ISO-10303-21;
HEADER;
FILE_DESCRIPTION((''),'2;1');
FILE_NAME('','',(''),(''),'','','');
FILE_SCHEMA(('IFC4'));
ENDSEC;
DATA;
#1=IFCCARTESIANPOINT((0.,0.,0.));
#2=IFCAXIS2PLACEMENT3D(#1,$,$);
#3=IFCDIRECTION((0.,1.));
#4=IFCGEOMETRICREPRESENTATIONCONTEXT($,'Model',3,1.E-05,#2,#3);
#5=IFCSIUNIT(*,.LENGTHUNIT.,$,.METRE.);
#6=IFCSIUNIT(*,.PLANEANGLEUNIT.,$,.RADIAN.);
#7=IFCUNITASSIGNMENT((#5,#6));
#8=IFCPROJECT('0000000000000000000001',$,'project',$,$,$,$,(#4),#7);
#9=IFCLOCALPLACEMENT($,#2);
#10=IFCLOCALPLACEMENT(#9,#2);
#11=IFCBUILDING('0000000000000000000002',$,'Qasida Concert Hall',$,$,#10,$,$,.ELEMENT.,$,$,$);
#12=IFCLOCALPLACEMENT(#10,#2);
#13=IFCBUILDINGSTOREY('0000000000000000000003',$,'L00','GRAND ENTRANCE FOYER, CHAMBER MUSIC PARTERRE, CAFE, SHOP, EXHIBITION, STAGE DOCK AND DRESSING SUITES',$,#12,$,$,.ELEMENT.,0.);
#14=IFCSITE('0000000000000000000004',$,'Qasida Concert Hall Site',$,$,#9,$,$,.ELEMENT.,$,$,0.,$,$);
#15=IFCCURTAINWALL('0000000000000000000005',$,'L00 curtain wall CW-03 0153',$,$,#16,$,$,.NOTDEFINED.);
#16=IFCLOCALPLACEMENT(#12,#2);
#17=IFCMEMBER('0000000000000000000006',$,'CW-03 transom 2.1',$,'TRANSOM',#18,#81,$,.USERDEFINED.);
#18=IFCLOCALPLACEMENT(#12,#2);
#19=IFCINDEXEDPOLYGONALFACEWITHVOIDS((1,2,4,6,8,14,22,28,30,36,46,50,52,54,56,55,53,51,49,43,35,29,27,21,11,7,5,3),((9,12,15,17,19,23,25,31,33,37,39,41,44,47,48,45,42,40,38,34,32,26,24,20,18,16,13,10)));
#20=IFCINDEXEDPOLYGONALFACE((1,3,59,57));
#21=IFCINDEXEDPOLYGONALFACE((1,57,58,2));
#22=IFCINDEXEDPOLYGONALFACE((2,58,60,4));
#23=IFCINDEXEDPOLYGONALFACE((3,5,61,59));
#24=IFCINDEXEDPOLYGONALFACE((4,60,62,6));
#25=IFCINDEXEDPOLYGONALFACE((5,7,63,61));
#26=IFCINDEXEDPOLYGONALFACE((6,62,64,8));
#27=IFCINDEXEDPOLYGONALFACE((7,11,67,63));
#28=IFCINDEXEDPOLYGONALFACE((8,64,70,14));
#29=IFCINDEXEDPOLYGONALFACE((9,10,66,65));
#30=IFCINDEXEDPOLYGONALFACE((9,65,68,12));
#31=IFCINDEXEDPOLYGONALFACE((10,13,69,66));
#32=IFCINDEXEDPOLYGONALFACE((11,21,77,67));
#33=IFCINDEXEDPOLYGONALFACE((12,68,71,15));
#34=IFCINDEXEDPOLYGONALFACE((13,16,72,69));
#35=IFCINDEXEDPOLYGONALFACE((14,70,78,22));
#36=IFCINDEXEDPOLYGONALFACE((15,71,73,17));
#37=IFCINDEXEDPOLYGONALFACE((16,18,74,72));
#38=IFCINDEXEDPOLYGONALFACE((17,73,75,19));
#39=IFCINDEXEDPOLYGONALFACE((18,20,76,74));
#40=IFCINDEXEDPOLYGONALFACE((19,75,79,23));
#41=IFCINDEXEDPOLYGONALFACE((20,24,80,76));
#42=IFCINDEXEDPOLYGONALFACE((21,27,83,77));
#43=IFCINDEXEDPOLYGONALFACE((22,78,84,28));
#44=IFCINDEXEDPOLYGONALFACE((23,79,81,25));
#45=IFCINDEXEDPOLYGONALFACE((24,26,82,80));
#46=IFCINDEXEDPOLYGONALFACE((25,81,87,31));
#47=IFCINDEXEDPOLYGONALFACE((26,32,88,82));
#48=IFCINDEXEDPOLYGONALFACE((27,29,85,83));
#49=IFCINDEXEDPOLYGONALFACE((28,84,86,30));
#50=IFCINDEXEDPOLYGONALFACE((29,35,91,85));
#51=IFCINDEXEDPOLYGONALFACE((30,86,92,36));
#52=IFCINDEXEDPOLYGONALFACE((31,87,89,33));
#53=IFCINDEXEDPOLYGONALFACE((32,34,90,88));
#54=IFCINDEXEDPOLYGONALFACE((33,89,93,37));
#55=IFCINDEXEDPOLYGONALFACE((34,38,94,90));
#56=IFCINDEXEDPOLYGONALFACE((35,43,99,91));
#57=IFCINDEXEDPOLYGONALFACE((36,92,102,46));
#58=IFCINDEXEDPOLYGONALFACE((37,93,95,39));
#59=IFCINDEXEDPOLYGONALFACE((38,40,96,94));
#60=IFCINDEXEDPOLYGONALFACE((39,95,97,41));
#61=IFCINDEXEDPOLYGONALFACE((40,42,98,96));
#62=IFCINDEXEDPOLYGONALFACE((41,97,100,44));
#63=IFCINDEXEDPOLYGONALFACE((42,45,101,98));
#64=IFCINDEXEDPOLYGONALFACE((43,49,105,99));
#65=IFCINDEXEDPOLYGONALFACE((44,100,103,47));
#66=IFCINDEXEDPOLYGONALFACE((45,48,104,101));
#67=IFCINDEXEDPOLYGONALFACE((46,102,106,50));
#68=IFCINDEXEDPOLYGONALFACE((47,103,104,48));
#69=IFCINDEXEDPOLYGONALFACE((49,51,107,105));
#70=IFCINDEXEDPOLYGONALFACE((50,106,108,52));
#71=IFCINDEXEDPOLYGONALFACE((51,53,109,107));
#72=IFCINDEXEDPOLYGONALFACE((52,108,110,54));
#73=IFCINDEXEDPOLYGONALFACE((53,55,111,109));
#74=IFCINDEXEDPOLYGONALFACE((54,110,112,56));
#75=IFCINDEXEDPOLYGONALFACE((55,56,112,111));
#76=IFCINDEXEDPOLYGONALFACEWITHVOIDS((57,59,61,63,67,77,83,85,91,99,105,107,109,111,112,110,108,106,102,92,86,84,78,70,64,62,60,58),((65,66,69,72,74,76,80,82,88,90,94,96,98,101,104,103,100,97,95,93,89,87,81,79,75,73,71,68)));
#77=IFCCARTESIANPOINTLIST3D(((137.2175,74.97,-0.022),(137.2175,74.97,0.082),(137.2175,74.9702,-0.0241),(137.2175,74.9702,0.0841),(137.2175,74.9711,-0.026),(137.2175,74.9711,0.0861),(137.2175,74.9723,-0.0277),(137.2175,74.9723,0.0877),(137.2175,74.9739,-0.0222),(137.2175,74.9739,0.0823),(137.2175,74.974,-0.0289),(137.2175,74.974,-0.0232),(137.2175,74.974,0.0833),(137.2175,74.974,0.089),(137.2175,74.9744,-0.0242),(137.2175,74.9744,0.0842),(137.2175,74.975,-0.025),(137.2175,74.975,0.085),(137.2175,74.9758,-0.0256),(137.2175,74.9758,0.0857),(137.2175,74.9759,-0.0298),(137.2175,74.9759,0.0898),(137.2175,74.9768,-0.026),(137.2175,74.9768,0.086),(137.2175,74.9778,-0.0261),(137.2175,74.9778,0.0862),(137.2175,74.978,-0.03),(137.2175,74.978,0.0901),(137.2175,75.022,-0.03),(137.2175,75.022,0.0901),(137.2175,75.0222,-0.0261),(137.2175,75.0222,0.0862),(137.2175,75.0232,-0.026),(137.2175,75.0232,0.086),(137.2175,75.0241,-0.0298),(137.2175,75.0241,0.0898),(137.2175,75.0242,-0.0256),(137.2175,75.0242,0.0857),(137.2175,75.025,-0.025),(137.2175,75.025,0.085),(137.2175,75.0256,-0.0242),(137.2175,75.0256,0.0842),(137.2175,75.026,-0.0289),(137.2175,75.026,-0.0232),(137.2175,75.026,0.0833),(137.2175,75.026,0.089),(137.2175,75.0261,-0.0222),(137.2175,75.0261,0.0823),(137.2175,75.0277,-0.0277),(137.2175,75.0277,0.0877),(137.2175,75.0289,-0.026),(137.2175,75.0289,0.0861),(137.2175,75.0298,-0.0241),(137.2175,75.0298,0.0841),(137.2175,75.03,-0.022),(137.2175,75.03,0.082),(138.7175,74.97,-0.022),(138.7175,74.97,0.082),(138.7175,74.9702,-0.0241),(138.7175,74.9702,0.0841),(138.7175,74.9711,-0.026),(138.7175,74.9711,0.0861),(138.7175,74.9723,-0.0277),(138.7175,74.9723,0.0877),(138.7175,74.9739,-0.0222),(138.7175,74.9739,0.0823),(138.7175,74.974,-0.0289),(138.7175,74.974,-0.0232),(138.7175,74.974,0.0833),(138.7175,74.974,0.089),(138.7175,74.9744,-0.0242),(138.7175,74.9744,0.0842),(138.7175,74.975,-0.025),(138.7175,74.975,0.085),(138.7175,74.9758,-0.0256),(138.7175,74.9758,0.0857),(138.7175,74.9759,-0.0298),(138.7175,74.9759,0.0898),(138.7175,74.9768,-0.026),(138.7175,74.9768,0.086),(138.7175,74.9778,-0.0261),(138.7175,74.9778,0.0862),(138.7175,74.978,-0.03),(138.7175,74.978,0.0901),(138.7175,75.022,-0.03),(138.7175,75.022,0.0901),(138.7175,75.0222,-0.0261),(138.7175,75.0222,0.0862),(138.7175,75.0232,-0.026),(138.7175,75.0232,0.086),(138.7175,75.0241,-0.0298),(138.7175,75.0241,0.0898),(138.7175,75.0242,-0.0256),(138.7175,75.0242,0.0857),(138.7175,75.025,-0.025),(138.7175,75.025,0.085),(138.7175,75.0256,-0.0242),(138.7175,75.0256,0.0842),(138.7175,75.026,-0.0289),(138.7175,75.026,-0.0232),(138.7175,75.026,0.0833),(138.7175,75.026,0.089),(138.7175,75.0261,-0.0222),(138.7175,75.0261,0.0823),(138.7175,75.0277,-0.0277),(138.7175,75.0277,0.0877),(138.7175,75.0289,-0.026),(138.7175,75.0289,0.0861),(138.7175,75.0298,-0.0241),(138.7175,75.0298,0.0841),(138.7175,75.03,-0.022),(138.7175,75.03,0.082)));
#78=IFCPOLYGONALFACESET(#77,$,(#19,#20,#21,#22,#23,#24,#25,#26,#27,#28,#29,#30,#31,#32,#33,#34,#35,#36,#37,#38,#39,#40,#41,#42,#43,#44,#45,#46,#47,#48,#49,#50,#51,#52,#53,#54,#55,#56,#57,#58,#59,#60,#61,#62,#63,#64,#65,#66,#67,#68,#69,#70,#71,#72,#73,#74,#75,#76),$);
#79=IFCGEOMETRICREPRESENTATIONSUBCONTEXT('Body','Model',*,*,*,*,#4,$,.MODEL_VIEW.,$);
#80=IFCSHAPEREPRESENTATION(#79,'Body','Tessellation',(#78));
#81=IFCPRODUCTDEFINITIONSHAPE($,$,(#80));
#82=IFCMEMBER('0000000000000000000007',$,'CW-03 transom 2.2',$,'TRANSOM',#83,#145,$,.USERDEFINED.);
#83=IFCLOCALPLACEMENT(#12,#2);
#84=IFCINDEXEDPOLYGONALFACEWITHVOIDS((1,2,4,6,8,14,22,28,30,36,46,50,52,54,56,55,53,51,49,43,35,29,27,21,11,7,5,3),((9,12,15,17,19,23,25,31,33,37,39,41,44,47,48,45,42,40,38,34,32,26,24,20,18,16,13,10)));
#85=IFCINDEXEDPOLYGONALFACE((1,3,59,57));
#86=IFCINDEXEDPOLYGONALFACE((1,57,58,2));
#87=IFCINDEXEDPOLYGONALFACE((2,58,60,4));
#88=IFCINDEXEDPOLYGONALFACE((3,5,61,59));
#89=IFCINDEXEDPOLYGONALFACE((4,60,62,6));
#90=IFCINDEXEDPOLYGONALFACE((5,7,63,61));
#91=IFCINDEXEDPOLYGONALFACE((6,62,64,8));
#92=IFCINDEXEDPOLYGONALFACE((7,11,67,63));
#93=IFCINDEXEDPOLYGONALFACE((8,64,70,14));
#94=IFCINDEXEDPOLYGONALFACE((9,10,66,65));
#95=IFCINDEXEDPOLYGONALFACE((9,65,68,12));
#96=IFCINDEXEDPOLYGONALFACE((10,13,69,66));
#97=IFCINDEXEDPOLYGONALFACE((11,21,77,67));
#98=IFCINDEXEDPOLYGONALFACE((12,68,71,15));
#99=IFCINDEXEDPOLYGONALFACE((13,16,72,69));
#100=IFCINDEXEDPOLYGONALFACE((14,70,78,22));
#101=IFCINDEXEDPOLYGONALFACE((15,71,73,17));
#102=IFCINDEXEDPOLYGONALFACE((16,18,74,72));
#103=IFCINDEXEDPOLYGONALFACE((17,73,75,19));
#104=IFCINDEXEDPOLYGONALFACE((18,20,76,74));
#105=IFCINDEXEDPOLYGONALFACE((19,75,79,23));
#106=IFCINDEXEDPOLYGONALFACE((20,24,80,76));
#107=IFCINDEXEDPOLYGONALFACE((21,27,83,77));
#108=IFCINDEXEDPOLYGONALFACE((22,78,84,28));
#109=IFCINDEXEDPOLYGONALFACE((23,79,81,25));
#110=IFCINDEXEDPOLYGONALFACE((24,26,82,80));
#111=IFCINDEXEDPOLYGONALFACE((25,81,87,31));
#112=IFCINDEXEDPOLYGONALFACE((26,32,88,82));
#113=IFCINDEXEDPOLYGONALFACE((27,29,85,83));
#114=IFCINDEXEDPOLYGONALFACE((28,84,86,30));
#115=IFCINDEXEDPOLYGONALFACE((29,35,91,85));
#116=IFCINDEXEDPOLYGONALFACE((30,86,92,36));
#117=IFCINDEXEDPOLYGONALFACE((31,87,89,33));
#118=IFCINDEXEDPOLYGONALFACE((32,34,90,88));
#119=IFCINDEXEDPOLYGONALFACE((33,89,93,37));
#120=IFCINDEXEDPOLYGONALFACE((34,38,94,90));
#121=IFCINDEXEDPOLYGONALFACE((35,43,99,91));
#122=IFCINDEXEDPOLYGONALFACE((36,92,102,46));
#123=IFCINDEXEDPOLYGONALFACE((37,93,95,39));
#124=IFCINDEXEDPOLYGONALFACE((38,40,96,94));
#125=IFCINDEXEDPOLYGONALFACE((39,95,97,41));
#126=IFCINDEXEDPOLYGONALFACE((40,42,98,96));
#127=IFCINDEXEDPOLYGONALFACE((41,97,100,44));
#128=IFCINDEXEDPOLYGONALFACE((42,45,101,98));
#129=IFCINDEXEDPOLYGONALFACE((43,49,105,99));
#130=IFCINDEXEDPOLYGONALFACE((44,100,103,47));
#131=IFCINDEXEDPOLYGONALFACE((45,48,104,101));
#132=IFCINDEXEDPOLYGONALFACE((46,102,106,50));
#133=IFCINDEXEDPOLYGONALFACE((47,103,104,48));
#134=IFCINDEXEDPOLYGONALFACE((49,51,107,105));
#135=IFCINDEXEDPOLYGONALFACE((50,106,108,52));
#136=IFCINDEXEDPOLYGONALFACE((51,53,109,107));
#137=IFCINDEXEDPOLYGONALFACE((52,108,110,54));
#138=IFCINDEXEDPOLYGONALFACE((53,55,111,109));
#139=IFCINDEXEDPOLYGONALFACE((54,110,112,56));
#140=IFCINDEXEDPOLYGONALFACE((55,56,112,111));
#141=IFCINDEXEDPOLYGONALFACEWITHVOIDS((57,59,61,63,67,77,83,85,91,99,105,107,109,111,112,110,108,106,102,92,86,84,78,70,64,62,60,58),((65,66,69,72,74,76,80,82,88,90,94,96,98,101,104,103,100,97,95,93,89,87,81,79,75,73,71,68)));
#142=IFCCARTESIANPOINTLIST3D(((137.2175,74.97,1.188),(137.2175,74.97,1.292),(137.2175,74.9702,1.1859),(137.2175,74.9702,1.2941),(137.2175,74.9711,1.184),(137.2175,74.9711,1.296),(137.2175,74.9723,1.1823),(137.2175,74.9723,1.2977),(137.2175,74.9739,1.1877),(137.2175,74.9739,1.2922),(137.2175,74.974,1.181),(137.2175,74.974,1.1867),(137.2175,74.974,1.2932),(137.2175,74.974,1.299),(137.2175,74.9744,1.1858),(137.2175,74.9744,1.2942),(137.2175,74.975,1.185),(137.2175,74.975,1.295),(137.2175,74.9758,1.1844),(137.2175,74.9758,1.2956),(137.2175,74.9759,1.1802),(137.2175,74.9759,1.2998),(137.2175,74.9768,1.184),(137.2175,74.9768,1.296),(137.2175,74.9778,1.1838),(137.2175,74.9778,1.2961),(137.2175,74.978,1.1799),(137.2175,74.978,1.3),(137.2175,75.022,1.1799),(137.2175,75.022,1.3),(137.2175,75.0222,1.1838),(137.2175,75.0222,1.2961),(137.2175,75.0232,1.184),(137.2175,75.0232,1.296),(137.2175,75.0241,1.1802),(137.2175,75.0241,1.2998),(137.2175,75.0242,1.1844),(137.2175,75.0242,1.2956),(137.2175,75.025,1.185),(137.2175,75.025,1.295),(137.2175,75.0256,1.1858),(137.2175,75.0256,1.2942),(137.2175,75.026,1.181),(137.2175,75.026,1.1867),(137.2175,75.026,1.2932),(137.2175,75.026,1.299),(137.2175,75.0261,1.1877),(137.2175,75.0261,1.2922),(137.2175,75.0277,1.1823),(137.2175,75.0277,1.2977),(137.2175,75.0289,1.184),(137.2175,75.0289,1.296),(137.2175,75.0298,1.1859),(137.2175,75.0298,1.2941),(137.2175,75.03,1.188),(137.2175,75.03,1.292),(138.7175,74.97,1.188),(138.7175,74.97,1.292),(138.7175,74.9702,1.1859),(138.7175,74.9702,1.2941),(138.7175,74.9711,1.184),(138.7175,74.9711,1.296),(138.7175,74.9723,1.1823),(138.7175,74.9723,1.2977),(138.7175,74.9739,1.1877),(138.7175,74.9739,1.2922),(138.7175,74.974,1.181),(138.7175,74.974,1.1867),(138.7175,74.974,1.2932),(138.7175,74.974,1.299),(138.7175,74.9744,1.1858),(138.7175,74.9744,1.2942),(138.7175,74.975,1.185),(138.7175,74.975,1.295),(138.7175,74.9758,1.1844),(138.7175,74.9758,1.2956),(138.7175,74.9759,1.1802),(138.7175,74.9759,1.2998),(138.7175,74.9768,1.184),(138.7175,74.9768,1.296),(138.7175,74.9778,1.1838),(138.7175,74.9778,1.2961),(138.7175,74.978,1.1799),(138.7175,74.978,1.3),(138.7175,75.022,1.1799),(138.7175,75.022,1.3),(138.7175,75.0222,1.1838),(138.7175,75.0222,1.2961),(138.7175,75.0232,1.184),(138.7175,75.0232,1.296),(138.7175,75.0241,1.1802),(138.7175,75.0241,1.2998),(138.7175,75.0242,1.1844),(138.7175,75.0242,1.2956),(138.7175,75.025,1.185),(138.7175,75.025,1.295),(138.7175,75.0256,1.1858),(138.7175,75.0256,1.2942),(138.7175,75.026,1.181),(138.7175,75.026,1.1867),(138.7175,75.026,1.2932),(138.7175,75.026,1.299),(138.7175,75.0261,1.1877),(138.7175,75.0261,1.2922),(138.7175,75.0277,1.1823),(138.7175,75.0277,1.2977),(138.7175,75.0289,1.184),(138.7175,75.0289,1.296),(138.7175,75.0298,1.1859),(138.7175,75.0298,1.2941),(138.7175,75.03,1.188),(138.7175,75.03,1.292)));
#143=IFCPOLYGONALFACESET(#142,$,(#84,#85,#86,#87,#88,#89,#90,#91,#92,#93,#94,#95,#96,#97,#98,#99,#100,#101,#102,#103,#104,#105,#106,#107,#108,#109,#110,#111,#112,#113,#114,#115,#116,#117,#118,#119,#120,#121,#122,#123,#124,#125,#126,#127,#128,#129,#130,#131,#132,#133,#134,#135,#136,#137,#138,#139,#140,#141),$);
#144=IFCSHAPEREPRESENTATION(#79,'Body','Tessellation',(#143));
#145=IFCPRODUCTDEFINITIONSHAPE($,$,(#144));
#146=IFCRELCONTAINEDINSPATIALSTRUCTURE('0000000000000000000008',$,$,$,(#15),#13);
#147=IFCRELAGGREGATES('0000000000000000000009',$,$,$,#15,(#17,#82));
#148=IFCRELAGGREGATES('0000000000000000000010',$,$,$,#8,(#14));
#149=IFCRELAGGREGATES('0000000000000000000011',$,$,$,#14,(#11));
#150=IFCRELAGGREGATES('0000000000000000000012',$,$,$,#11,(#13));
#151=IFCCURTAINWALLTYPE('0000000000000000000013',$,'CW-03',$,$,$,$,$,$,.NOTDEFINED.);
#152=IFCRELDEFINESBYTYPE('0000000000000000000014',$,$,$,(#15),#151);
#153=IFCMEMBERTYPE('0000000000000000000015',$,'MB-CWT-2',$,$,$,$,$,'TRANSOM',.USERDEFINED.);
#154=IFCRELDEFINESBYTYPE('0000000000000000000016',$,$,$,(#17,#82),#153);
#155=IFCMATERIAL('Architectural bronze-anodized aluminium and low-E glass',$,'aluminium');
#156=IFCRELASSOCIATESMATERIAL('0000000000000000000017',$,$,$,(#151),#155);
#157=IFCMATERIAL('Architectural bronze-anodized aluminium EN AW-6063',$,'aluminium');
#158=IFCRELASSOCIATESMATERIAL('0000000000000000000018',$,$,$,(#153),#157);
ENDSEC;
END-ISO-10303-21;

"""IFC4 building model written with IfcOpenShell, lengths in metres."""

from ifc_helpers import new_model, si_unit, direction, frame, origin, origin_2d, place, context, subcontext, project, spatial, hollow_rectangle, extrude, material, material_profile, profile_set, type_object, element, aggregate, save


model = new_model("IFC4")

# Units and contexts
model_context = context("Model", 3, precision=1e-05, world=origin(), true_north=direction((0.0, 1.0)))
body_context = subcontext(model_context, "Body", "Model", "MODEL_VIEW")
ifc_project = project(units=[si_unit("LENGTHUNIT", "METRE"), si_unit("PLANEANGLEUNIT", "RADIAN")], contexts=[model_context])

# Site, building, storey
site_placement = place(None, origin())
site = spatial("IfcSite", under=ifc_project, at=site_placement, Name="Qasida Concert Hall Site", CompositionType="ELEMENT", RefElevation=0.0)
building_placement = place(site_placement, origin())
building = spatial("IfcBuilding", under=site, at=building_placement, Name="Qasida Concert Hall", CompositionType="ELEMENT")
storey_placement = place(building_placement, origin())
storey = spatial("IfcBuildingStorey", under=building, at=storey_placement, Name="L00", Description="GRAND ENTRANCE FOYER, CHAMBER MUSIC PARTERRE, CAFE, SHOP, EXHIBITION, STAGE DOCK AND DRESSING SUITES", CompositionType="ELEMENT", Elevation=0.0)

# Curtain wall, members
ifc_material_1 = material(Name="Architectural bronze-anodized aluminium and low-E glass", Category="aluminium")
curtain_wall_type = type_object("IfcCurtainWallType", Name="CW-03", PredefinedType="NOTDEFINED", material=ifc_material_1)
curtain_wall_placement = place(storey_placement, origin())
curtain_wall = element("IfcCurtainWall", 1, at=curtain_wall_placement, inside=storey, type_object=curtain_wall_type, Name="L00 curtain wall CW-03 0153", PredefinedType="NOTDEFINED")
ifc_material_2 = material(Name="Architectural bronze-anodized aluminium EN AW-6063", Category="aluminium")
ifc_material_profile_1 = material_profile(ifc_material_2, hollow_rectangle(XDim=0.0601, YDim=0.1201, WallThickness=0.0039, InnerFilletRadius=0.0039, OuterFilletRadius=0.0081, at=origin_2d()), Name="CWT 120x60x4")
ifc_profile_set_1 = profile_set([ifc_material_profile_1], Name="Architectural bronze-anodized aluminium EN AW-6063")
member_type_1 = type_object("IfcMemberType", Name="MB-CWT-2", ElementType="TRANSOM", PredefinedType="USERDEFINED", material=ifc_profile_set_1)
member_1_placement = place(storey_placement, frame((137.2175, 75.0, 0.03), z_axis=(1.0, 0.0, 0.0), x_axis=(0.0, 1.0, 0.0)))
member_1 = element("IfcMember", 2, at=member_1_placement, type_object=member_type_1, Name="CW-03 transom 2.1", ObjectType="TRANSOM", PredefinedType="USERDEFINED", context=body_context, shape_type="SweptSolid", body=[
    extrude(hollow_rectangle(XDim=0.0601, YDim=0.1201, WallThickness=0.0039, InnerFilletRadius=0.0039, OuterFilletRadius=0.0081, at=origin_2d()), origin(), (0.0, 0.0, 1.0), 1.5),
])
member_2_placement = place(storey_placement, frame((137.2175, 75.0, 1.24), z_axis=(1.0, 0.0, 0.0), x_axis=(0.0, 1.0, 0.0)))
member_2 = element("IfcMember", 3, at=member_2_placement, type_object=member_type_1, Name="CW-03 transom 2.2", ObjectType="TRANSOM", PredefinedType="USERDEFINED", context=body_context, shape_type="SweptSolid", body=[
    extrude(hollow_rectangle(XDim=0.0601, YDim=0.1201, WallThickness=0.0039, InnerFilletRadius=0.0039, OuterFilletRadius=0.0081, at=origin_2d()), origin(), (0.0, 0.0, 1.0), 1.5),
])
aggregate(curtain_wall, [member_1, member_2])

save(model, "model.ifc")
